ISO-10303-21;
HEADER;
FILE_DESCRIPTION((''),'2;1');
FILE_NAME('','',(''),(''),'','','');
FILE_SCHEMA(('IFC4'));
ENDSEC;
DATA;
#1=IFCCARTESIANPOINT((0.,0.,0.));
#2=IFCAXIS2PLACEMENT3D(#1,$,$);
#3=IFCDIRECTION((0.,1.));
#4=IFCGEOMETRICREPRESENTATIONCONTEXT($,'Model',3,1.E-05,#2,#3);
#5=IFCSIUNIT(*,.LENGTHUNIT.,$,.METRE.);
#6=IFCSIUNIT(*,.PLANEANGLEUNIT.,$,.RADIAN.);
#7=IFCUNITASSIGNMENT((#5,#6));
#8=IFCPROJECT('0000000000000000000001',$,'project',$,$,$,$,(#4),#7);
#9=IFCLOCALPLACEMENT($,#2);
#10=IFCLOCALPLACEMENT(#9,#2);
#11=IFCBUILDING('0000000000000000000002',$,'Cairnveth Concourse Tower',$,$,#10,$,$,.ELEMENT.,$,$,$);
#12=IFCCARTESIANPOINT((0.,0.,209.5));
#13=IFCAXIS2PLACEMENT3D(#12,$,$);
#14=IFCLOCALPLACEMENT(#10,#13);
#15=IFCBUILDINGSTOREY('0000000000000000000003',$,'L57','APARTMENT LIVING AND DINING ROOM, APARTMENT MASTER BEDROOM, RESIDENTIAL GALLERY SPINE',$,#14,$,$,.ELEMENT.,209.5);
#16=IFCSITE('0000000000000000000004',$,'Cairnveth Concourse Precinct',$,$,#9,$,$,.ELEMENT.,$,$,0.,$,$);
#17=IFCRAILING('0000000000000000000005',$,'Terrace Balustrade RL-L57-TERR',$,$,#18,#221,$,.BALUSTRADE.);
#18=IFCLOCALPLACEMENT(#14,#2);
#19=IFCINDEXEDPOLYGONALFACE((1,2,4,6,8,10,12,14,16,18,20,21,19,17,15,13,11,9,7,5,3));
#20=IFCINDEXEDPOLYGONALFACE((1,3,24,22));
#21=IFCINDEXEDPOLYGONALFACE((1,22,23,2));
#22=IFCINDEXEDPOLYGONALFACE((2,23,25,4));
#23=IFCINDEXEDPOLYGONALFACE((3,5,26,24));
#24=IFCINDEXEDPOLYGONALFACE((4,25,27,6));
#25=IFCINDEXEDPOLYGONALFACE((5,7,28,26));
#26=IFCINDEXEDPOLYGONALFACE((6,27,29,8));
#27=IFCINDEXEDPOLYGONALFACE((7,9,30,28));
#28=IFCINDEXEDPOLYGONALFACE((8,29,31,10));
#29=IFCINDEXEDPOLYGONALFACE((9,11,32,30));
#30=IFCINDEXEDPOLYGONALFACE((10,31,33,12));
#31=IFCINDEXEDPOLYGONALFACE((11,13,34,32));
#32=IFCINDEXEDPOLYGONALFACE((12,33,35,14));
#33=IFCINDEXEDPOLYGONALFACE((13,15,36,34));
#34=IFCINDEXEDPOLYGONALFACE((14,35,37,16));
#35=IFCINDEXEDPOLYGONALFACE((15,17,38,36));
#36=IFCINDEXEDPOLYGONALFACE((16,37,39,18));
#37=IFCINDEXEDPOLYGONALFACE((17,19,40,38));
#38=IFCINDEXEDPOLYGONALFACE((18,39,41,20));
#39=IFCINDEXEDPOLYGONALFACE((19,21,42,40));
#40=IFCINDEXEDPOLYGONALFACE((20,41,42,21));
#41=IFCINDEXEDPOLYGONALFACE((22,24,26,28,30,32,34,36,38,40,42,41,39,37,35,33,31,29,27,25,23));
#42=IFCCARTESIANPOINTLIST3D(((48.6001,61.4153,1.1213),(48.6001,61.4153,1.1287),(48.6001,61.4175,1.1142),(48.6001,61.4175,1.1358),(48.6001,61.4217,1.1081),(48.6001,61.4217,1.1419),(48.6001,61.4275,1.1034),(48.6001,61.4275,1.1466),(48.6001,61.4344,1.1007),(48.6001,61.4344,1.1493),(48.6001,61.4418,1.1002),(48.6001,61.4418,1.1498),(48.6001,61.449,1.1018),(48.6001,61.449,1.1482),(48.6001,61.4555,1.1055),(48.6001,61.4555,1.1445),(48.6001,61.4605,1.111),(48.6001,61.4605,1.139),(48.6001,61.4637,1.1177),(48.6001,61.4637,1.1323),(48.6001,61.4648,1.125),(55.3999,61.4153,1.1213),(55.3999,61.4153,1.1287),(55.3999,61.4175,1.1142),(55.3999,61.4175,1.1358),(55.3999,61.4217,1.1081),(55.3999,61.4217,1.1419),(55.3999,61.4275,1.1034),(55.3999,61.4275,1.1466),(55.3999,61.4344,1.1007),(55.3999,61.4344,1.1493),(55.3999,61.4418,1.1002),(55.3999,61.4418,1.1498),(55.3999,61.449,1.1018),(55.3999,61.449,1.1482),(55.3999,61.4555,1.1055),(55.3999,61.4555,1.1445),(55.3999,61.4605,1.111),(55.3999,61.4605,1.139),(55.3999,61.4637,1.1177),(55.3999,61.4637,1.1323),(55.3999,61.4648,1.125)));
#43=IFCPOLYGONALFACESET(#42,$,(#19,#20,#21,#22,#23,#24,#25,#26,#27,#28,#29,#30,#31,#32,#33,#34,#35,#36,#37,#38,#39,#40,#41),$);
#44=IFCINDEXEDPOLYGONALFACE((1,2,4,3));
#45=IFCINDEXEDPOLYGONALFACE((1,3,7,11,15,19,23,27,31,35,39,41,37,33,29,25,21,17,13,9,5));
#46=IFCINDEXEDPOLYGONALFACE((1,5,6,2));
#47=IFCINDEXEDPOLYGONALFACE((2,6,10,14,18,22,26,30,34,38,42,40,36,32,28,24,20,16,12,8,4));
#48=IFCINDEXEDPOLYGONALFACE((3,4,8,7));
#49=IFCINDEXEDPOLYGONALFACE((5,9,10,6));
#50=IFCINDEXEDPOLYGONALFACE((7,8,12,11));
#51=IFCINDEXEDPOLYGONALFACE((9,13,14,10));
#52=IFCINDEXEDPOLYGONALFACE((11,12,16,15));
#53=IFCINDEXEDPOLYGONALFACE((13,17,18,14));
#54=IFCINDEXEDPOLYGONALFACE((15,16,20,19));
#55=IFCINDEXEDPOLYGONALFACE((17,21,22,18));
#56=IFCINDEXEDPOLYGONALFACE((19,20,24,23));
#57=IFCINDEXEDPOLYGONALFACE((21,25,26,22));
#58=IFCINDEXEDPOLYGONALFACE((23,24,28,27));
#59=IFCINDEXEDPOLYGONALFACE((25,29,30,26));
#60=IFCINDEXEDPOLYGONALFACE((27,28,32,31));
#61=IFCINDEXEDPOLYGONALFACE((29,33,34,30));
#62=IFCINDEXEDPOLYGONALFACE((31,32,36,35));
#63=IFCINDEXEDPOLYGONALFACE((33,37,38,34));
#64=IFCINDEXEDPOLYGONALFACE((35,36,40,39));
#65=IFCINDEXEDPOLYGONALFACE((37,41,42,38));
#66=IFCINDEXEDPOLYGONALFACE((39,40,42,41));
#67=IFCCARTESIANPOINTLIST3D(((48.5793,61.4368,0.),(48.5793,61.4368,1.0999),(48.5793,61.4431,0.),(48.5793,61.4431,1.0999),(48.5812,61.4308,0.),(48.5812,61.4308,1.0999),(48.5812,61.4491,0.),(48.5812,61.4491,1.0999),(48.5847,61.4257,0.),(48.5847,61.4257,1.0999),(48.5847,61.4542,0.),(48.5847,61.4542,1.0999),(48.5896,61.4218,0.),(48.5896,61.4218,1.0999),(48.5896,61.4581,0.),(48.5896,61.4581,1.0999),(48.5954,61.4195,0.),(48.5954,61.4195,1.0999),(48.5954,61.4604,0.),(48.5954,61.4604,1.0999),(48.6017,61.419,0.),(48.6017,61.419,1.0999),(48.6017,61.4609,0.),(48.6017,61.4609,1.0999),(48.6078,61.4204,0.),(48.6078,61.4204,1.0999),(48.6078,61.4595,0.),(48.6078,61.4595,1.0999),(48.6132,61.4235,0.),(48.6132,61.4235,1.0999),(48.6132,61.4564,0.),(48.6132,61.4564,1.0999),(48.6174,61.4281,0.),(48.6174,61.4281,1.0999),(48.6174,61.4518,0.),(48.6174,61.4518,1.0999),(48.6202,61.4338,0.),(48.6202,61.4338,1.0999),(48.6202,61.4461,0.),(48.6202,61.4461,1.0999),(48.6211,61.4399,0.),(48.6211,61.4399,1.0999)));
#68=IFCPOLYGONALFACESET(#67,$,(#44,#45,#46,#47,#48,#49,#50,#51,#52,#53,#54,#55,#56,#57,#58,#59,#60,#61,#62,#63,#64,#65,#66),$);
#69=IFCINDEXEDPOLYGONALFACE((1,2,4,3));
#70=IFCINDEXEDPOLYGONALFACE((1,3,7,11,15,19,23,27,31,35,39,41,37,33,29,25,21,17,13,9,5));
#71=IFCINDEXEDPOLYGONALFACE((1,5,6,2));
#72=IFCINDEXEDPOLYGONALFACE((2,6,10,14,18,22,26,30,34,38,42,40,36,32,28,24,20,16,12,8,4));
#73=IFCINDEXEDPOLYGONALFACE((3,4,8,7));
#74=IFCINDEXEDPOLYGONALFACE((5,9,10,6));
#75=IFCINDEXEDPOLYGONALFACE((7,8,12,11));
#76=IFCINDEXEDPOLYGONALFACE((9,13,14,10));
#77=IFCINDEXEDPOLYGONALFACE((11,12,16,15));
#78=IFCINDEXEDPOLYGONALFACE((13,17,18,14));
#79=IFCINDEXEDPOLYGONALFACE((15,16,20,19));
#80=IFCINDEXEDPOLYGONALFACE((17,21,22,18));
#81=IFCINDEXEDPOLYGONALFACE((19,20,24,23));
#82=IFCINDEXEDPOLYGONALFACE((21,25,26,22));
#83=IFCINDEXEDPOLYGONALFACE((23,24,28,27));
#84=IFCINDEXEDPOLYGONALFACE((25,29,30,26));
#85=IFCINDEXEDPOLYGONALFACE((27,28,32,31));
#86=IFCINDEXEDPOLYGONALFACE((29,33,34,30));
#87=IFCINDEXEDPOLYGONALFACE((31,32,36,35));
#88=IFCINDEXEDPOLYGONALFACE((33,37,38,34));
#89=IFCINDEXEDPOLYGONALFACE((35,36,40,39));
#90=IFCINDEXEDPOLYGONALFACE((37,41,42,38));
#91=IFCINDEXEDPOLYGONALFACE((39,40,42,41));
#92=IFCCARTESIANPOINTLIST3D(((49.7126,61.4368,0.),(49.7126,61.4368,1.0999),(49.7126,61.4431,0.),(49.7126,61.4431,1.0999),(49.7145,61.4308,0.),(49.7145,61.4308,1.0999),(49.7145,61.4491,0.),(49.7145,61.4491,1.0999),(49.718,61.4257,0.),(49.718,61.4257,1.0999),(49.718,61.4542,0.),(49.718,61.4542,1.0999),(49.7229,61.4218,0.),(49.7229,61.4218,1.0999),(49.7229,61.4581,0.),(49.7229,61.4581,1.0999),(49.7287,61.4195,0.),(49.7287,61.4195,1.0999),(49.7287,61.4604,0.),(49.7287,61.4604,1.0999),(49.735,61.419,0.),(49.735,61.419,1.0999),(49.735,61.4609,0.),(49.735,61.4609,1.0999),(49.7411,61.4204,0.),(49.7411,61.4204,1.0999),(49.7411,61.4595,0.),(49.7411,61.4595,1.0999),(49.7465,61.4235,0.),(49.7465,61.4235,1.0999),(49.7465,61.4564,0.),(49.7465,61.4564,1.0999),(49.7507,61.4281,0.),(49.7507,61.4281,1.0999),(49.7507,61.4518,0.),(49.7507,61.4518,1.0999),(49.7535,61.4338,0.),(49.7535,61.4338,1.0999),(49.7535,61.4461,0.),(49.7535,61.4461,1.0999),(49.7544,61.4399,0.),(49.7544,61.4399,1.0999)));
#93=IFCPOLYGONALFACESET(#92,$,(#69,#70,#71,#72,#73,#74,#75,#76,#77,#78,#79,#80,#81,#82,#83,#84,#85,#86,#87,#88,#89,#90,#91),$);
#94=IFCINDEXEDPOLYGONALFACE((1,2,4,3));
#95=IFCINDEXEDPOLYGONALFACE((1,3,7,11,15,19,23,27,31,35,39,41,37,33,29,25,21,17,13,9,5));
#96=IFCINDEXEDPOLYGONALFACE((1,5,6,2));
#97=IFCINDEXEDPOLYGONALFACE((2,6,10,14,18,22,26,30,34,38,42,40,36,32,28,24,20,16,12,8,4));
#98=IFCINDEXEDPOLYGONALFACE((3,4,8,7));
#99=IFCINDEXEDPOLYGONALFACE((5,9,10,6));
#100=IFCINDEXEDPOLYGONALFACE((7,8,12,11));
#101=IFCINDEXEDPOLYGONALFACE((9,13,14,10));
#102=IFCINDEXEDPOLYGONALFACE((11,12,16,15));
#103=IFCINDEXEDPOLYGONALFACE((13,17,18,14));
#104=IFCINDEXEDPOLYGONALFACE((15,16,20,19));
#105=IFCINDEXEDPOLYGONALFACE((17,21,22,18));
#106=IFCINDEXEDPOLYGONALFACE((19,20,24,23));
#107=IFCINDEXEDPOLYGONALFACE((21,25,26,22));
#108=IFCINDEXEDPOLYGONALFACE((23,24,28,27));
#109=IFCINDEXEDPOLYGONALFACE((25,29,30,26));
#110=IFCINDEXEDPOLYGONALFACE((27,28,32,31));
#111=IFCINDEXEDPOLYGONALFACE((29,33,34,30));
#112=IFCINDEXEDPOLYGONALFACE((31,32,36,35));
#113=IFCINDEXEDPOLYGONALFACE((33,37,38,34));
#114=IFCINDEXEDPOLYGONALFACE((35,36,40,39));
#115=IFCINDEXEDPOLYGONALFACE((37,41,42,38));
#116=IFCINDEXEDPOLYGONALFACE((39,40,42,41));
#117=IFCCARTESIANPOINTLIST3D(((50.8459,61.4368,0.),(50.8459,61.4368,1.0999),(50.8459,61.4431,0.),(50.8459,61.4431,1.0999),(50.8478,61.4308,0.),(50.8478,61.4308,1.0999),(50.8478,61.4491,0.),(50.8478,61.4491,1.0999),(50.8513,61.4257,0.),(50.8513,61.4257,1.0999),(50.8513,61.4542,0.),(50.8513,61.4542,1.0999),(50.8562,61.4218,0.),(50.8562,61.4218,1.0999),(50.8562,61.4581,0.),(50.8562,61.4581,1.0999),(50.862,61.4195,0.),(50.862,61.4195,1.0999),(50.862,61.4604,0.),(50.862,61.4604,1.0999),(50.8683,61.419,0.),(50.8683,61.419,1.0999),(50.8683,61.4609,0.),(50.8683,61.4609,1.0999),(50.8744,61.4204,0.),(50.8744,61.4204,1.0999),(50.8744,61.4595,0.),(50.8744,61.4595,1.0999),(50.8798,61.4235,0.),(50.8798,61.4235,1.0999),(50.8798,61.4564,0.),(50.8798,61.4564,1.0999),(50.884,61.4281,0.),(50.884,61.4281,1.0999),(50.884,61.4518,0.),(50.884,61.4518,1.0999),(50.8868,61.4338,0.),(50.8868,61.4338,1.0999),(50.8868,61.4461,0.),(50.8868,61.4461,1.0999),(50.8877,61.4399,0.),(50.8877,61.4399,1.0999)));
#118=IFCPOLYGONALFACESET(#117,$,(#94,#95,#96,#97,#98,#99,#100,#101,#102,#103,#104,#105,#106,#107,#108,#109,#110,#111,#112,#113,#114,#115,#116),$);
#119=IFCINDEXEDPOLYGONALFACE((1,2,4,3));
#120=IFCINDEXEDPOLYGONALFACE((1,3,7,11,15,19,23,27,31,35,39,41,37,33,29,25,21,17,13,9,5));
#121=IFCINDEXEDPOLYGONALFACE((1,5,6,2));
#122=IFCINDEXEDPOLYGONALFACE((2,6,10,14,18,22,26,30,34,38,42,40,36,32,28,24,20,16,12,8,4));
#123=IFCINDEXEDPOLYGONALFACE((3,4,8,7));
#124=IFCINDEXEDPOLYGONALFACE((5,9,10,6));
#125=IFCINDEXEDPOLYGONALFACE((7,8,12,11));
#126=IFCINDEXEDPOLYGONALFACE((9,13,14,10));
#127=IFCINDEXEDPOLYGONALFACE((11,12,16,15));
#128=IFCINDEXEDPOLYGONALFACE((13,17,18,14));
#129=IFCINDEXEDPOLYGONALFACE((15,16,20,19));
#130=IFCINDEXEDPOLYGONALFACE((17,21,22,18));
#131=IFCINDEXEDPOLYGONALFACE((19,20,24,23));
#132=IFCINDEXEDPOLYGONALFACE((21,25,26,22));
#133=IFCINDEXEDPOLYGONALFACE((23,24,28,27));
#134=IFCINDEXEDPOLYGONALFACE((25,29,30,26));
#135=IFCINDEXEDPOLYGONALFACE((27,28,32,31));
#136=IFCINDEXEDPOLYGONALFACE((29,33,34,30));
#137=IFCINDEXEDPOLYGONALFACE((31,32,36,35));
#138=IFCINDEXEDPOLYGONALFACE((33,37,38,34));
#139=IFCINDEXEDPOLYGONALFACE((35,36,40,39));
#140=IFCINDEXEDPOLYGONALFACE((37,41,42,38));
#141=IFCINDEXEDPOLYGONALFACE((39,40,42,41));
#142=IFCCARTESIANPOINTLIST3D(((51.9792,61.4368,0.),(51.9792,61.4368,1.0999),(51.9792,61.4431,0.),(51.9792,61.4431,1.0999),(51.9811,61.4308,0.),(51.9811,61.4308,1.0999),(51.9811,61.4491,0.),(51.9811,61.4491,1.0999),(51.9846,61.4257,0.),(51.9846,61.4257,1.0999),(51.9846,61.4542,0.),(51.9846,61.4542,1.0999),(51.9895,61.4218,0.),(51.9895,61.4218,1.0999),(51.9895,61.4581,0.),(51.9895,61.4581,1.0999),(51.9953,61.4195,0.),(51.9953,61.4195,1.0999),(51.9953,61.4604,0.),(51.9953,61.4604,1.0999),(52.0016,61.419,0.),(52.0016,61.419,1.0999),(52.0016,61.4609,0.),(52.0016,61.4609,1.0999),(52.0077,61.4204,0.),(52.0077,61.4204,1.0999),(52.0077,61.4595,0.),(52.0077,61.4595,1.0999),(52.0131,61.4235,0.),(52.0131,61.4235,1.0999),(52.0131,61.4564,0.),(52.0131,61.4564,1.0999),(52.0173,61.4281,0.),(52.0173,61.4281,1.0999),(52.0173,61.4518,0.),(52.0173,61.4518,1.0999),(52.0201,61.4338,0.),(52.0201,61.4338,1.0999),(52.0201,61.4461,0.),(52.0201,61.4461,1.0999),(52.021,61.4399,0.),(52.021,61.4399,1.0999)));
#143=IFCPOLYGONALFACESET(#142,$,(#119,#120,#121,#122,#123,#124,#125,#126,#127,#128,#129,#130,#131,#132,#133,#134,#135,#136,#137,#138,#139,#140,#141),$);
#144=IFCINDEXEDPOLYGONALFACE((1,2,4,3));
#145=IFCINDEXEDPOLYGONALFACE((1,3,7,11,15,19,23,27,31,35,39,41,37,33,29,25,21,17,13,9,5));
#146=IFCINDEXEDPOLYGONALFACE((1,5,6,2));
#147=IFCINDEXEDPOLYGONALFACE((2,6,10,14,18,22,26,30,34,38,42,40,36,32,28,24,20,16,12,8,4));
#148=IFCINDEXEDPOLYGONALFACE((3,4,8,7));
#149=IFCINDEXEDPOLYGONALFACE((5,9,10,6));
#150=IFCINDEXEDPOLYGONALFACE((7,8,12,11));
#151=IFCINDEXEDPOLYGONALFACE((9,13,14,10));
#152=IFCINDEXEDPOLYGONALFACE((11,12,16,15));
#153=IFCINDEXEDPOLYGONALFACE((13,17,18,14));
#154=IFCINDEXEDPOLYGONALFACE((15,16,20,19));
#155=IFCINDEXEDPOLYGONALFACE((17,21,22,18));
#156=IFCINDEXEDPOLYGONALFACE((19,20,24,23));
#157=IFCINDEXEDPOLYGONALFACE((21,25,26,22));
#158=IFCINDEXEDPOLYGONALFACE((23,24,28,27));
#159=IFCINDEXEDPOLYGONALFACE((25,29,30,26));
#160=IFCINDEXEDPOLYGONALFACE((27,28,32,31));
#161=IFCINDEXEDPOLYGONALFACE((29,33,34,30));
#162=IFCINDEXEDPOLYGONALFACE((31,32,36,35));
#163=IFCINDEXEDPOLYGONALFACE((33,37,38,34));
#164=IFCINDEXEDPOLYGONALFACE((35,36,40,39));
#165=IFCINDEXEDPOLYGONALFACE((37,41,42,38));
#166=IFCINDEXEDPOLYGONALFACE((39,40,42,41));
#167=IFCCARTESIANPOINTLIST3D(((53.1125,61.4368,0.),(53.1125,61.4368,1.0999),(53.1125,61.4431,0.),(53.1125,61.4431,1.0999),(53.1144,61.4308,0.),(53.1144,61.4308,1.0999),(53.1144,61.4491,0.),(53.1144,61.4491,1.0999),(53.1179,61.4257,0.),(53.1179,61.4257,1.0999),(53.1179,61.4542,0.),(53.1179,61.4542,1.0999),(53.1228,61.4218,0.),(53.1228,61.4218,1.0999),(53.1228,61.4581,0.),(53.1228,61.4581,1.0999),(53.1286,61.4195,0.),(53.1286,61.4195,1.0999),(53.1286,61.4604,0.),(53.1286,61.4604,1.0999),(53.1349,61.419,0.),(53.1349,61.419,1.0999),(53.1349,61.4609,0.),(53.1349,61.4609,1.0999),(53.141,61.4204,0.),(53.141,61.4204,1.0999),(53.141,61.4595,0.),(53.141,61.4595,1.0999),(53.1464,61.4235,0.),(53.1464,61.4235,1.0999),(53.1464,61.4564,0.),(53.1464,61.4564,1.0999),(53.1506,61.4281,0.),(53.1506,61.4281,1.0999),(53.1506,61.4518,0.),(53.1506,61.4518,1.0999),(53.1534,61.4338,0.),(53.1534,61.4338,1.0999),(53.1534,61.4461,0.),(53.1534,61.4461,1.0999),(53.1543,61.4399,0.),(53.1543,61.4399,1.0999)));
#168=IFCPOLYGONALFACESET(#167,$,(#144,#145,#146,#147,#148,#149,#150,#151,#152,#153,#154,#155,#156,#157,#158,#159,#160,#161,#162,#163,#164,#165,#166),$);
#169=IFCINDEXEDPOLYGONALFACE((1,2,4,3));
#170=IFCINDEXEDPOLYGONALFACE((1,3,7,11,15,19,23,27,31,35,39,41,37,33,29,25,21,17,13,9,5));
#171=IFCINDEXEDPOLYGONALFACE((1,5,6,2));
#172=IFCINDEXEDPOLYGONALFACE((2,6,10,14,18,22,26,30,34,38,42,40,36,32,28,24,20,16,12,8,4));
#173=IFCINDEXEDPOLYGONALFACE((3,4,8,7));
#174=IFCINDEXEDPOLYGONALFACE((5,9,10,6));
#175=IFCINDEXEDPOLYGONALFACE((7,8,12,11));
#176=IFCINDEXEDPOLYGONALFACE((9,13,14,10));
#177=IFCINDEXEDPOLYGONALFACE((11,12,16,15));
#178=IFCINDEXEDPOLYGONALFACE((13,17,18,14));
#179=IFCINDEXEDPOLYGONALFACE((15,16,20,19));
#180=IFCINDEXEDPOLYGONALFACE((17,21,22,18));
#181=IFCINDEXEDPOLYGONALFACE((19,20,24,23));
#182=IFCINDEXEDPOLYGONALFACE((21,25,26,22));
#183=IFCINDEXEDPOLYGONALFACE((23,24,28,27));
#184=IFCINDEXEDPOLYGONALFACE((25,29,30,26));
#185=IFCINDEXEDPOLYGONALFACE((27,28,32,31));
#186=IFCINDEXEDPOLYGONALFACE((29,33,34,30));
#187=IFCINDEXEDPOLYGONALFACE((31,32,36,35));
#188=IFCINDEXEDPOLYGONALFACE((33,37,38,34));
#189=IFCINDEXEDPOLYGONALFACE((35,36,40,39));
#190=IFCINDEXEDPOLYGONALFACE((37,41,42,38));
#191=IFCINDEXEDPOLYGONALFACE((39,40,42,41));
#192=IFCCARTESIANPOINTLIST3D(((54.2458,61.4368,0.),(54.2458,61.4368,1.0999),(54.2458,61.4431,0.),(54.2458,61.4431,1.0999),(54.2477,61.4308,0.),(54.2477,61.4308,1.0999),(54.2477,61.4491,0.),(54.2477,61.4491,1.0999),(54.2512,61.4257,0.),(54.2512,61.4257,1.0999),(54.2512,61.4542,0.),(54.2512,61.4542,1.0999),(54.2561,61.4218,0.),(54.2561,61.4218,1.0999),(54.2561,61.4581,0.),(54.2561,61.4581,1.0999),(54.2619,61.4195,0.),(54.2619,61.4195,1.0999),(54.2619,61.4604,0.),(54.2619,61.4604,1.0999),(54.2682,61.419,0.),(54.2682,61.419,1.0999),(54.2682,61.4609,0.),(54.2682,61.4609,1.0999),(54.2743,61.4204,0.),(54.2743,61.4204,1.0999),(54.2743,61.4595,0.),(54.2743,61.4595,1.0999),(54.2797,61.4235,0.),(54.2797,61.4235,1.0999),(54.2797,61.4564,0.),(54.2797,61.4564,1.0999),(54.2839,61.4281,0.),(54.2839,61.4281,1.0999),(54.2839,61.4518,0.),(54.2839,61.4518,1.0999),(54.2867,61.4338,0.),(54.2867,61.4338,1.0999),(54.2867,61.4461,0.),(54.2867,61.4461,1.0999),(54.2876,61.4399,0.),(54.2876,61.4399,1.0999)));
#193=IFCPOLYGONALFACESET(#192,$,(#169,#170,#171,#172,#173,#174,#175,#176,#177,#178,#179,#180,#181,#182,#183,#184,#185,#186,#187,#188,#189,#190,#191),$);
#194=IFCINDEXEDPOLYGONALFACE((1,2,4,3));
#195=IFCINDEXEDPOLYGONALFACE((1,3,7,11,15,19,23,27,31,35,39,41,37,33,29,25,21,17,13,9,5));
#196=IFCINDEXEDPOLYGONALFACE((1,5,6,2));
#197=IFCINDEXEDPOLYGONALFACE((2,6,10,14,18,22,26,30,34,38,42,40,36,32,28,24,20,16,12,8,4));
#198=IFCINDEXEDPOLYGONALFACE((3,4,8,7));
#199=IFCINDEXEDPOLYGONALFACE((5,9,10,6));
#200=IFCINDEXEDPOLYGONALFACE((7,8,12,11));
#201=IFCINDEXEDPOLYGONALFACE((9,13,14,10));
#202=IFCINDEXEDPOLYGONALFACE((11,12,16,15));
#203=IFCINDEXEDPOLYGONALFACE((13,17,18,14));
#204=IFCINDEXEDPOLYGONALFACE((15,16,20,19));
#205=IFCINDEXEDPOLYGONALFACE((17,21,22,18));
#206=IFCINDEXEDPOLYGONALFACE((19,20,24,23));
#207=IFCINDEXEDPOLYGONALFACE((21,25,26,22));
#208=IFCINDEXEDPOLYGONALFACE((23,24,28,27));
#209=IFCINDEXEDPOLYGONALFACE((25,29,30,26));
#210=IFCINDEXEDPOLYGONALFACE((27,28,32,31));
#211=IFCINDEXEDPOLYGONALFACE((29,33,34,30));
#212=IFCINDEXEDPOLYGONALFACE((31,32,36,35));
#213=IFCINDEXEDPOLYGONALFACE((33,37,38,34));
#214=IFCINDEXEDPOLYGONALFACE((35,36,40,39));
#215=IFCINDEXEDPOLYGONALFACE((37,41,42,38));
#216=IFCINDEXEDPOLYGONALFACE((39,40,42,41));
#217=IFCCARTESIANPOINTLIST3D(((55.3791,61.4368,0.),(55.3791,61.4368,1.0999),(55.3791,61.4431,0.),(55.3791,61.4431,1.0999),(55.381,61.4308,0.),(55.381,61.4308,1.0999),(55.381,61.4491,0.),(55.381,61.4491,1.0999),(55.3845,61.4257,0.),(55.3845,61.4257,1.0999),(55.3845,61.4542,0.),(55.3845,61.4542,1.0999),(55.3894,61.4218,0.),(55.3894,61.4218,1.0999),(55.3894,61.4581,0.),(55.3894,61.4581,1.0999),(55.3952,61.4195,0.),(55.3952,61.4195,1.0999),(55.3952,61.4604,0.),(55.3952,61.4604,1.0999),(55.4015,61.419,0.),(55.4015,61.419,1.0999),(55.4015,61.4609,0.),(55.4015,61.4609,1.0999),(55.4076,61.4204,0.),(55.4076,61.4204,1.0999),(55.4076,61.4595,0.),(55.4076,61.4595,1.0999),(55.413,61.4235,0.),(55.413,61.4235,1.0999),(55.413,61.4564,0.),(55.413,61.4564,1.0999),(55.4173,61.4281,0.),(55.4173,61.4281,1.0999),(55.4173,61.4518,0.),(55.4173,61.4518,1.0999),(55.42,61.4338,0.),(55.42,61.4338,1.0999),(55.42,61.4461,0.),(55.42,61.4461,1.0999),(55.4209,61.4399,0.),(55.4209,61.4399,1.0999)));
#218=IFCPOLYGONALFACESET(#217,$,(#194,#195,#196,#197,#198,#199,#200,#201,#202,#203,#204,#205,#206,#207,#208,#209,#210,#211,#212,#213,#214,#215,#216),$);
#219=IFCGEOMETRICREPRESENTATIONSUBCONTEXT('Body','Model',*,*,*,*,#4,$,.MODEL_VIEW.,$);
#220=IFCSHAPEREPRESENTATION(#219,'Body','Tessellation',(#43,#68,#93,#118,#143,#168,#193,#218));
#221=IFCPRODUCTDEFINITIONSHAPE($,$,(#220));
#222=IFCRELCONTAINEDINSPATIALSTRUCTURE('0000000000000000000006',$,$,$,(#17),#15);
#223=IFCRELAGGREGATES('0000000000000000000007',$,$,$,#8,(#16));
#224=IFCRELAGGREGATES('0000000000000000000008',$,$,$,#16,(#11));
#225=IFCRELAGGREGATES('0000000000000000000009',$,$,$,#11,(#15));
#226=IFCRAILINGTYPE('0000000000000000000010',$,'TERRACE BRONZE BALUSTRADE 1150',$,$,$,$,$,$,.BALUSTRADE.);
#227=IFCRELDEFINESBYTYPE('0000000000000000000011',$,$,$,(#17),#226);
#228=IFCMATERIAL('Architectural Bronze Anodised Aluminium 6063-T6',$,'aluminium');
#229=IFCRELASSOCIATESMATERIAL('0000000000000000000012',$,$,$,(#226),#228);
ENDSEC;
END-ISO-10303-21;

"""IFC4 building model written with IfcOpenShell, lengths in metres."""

from ifc_helpers import new_model, si_unit, direction, frame, origin, origin_2d, place, context, subcontext, project, spatial, circle, extrude, material, type_object, element, save


model = new_model("IFC4")

# Units and contexts
model_context = context("Model", 3, precision=1e-05, world=origin(), true_north=direction((0.0, 1.0)))
body_context = subcontext(model_context, "Body", "Model", "MODEL_VIEW")
ifc_project = project(units=[si_unit("LENGTHUNIT", "METRE"), si_unit("PLANEANGLEUNIT", "RADIAN")], contexts=[model_context])

# Site, building, storey
site_placement = place(None, origin())
site = spatial("IfcSite", under=ifc_project, at=site_placement, Name="Cairnveth Concourse Precinct", CompositionType="ELEMENT", RefElevation=0.0)
building_placement = place(site_placement, origin())
building = spatial("IfcBuilding", under=site, at=building_placement, Name="Cairnveth Concourse Tower", CompositionType="ELEMENT")
storey_placement = place(building_placement, frame((0.0, 0.0, 209.5)))
storey = spatial("IfcBuildingStorey", under=building, at=storey_placement, Name="L57", Description="APARTMENT LIVING AND DINING ROOM, APARTMENT MASTER BEDROOM, RESIDENTIAL GALLERY SPINE", CompositionType="ELEMENT", Elevation=209.5)

# Shared definitions
ifc_material_1 = material(Name="Architectural Bronze Anodised Aluminium 6063-T6", Category="aluminium")

# Railing
railing_type = type_object("IfcRailingType", Name="TERRACE BRONZE BALUSTRADE 1150", PredefinedType="BALUSTRADE", material=ifc_material_1)
railing_placement = place(storey_placement, frame((48.6001, 61.4399, 0.0)))
element("IfcRailing", 1, at=railing_placement, inside=storey, type_object=railing_type, Name="Terrace Balustrade RL-L57-TERR", PredefinedType="BALUSTRADE", context=body_context, shape_type="SweptSolid", body=[
    extrude(circle(Radius=0.0249, at=origin_2d()), frame((0.0, 0.0, 1.125), z_axis=(1.0, 0.0, 0.0), x_axis=(0.0, 1.0, 0.0)), (0.0, 0.0, 1.0), 6.7998),
    extrude(circle(Radius=0.021, at=origin_2d()), origin(), (0.0, 0.0, 1.0), 1.0999),
    extrude(circle(Radius=0.021, at=origin_2d()), frame((1.1333, 0.0, 0.0)), (0.0, 0.0, 1.0), 1.0999),
    extrude(circle(Radius=0.021, at=origin_2d()), frame((2.2666, 0.0, 0.0)), (0.0, 0.0, 1.0), 1.0999),
    extrude(circle(Radius=0.021, at=origin_2d()), frame((3.3999, 0.0, 0.0)), (0.0, 0.0, 1.0), 1.0999),
    extrude(circle(Radius=0.021, at=origin_2d()), frame((4.5332, 0.0, 0.0)), (0.0, 0.0, 1.0), 1.0999),
    extrude(circle(Radius=0.021, at=origin_2d()), frame((5.6665, 0.0, 0.0)), (0.0, 0.0, 1.0), 1.0999),
    extrude(circle(Radius=0.021, at=origin_2d()), frame((6.7998, 0.0, 0.0)), (0.0, 0.0, 1.0), 1.0999),
])

save(model, "model.ifc")
